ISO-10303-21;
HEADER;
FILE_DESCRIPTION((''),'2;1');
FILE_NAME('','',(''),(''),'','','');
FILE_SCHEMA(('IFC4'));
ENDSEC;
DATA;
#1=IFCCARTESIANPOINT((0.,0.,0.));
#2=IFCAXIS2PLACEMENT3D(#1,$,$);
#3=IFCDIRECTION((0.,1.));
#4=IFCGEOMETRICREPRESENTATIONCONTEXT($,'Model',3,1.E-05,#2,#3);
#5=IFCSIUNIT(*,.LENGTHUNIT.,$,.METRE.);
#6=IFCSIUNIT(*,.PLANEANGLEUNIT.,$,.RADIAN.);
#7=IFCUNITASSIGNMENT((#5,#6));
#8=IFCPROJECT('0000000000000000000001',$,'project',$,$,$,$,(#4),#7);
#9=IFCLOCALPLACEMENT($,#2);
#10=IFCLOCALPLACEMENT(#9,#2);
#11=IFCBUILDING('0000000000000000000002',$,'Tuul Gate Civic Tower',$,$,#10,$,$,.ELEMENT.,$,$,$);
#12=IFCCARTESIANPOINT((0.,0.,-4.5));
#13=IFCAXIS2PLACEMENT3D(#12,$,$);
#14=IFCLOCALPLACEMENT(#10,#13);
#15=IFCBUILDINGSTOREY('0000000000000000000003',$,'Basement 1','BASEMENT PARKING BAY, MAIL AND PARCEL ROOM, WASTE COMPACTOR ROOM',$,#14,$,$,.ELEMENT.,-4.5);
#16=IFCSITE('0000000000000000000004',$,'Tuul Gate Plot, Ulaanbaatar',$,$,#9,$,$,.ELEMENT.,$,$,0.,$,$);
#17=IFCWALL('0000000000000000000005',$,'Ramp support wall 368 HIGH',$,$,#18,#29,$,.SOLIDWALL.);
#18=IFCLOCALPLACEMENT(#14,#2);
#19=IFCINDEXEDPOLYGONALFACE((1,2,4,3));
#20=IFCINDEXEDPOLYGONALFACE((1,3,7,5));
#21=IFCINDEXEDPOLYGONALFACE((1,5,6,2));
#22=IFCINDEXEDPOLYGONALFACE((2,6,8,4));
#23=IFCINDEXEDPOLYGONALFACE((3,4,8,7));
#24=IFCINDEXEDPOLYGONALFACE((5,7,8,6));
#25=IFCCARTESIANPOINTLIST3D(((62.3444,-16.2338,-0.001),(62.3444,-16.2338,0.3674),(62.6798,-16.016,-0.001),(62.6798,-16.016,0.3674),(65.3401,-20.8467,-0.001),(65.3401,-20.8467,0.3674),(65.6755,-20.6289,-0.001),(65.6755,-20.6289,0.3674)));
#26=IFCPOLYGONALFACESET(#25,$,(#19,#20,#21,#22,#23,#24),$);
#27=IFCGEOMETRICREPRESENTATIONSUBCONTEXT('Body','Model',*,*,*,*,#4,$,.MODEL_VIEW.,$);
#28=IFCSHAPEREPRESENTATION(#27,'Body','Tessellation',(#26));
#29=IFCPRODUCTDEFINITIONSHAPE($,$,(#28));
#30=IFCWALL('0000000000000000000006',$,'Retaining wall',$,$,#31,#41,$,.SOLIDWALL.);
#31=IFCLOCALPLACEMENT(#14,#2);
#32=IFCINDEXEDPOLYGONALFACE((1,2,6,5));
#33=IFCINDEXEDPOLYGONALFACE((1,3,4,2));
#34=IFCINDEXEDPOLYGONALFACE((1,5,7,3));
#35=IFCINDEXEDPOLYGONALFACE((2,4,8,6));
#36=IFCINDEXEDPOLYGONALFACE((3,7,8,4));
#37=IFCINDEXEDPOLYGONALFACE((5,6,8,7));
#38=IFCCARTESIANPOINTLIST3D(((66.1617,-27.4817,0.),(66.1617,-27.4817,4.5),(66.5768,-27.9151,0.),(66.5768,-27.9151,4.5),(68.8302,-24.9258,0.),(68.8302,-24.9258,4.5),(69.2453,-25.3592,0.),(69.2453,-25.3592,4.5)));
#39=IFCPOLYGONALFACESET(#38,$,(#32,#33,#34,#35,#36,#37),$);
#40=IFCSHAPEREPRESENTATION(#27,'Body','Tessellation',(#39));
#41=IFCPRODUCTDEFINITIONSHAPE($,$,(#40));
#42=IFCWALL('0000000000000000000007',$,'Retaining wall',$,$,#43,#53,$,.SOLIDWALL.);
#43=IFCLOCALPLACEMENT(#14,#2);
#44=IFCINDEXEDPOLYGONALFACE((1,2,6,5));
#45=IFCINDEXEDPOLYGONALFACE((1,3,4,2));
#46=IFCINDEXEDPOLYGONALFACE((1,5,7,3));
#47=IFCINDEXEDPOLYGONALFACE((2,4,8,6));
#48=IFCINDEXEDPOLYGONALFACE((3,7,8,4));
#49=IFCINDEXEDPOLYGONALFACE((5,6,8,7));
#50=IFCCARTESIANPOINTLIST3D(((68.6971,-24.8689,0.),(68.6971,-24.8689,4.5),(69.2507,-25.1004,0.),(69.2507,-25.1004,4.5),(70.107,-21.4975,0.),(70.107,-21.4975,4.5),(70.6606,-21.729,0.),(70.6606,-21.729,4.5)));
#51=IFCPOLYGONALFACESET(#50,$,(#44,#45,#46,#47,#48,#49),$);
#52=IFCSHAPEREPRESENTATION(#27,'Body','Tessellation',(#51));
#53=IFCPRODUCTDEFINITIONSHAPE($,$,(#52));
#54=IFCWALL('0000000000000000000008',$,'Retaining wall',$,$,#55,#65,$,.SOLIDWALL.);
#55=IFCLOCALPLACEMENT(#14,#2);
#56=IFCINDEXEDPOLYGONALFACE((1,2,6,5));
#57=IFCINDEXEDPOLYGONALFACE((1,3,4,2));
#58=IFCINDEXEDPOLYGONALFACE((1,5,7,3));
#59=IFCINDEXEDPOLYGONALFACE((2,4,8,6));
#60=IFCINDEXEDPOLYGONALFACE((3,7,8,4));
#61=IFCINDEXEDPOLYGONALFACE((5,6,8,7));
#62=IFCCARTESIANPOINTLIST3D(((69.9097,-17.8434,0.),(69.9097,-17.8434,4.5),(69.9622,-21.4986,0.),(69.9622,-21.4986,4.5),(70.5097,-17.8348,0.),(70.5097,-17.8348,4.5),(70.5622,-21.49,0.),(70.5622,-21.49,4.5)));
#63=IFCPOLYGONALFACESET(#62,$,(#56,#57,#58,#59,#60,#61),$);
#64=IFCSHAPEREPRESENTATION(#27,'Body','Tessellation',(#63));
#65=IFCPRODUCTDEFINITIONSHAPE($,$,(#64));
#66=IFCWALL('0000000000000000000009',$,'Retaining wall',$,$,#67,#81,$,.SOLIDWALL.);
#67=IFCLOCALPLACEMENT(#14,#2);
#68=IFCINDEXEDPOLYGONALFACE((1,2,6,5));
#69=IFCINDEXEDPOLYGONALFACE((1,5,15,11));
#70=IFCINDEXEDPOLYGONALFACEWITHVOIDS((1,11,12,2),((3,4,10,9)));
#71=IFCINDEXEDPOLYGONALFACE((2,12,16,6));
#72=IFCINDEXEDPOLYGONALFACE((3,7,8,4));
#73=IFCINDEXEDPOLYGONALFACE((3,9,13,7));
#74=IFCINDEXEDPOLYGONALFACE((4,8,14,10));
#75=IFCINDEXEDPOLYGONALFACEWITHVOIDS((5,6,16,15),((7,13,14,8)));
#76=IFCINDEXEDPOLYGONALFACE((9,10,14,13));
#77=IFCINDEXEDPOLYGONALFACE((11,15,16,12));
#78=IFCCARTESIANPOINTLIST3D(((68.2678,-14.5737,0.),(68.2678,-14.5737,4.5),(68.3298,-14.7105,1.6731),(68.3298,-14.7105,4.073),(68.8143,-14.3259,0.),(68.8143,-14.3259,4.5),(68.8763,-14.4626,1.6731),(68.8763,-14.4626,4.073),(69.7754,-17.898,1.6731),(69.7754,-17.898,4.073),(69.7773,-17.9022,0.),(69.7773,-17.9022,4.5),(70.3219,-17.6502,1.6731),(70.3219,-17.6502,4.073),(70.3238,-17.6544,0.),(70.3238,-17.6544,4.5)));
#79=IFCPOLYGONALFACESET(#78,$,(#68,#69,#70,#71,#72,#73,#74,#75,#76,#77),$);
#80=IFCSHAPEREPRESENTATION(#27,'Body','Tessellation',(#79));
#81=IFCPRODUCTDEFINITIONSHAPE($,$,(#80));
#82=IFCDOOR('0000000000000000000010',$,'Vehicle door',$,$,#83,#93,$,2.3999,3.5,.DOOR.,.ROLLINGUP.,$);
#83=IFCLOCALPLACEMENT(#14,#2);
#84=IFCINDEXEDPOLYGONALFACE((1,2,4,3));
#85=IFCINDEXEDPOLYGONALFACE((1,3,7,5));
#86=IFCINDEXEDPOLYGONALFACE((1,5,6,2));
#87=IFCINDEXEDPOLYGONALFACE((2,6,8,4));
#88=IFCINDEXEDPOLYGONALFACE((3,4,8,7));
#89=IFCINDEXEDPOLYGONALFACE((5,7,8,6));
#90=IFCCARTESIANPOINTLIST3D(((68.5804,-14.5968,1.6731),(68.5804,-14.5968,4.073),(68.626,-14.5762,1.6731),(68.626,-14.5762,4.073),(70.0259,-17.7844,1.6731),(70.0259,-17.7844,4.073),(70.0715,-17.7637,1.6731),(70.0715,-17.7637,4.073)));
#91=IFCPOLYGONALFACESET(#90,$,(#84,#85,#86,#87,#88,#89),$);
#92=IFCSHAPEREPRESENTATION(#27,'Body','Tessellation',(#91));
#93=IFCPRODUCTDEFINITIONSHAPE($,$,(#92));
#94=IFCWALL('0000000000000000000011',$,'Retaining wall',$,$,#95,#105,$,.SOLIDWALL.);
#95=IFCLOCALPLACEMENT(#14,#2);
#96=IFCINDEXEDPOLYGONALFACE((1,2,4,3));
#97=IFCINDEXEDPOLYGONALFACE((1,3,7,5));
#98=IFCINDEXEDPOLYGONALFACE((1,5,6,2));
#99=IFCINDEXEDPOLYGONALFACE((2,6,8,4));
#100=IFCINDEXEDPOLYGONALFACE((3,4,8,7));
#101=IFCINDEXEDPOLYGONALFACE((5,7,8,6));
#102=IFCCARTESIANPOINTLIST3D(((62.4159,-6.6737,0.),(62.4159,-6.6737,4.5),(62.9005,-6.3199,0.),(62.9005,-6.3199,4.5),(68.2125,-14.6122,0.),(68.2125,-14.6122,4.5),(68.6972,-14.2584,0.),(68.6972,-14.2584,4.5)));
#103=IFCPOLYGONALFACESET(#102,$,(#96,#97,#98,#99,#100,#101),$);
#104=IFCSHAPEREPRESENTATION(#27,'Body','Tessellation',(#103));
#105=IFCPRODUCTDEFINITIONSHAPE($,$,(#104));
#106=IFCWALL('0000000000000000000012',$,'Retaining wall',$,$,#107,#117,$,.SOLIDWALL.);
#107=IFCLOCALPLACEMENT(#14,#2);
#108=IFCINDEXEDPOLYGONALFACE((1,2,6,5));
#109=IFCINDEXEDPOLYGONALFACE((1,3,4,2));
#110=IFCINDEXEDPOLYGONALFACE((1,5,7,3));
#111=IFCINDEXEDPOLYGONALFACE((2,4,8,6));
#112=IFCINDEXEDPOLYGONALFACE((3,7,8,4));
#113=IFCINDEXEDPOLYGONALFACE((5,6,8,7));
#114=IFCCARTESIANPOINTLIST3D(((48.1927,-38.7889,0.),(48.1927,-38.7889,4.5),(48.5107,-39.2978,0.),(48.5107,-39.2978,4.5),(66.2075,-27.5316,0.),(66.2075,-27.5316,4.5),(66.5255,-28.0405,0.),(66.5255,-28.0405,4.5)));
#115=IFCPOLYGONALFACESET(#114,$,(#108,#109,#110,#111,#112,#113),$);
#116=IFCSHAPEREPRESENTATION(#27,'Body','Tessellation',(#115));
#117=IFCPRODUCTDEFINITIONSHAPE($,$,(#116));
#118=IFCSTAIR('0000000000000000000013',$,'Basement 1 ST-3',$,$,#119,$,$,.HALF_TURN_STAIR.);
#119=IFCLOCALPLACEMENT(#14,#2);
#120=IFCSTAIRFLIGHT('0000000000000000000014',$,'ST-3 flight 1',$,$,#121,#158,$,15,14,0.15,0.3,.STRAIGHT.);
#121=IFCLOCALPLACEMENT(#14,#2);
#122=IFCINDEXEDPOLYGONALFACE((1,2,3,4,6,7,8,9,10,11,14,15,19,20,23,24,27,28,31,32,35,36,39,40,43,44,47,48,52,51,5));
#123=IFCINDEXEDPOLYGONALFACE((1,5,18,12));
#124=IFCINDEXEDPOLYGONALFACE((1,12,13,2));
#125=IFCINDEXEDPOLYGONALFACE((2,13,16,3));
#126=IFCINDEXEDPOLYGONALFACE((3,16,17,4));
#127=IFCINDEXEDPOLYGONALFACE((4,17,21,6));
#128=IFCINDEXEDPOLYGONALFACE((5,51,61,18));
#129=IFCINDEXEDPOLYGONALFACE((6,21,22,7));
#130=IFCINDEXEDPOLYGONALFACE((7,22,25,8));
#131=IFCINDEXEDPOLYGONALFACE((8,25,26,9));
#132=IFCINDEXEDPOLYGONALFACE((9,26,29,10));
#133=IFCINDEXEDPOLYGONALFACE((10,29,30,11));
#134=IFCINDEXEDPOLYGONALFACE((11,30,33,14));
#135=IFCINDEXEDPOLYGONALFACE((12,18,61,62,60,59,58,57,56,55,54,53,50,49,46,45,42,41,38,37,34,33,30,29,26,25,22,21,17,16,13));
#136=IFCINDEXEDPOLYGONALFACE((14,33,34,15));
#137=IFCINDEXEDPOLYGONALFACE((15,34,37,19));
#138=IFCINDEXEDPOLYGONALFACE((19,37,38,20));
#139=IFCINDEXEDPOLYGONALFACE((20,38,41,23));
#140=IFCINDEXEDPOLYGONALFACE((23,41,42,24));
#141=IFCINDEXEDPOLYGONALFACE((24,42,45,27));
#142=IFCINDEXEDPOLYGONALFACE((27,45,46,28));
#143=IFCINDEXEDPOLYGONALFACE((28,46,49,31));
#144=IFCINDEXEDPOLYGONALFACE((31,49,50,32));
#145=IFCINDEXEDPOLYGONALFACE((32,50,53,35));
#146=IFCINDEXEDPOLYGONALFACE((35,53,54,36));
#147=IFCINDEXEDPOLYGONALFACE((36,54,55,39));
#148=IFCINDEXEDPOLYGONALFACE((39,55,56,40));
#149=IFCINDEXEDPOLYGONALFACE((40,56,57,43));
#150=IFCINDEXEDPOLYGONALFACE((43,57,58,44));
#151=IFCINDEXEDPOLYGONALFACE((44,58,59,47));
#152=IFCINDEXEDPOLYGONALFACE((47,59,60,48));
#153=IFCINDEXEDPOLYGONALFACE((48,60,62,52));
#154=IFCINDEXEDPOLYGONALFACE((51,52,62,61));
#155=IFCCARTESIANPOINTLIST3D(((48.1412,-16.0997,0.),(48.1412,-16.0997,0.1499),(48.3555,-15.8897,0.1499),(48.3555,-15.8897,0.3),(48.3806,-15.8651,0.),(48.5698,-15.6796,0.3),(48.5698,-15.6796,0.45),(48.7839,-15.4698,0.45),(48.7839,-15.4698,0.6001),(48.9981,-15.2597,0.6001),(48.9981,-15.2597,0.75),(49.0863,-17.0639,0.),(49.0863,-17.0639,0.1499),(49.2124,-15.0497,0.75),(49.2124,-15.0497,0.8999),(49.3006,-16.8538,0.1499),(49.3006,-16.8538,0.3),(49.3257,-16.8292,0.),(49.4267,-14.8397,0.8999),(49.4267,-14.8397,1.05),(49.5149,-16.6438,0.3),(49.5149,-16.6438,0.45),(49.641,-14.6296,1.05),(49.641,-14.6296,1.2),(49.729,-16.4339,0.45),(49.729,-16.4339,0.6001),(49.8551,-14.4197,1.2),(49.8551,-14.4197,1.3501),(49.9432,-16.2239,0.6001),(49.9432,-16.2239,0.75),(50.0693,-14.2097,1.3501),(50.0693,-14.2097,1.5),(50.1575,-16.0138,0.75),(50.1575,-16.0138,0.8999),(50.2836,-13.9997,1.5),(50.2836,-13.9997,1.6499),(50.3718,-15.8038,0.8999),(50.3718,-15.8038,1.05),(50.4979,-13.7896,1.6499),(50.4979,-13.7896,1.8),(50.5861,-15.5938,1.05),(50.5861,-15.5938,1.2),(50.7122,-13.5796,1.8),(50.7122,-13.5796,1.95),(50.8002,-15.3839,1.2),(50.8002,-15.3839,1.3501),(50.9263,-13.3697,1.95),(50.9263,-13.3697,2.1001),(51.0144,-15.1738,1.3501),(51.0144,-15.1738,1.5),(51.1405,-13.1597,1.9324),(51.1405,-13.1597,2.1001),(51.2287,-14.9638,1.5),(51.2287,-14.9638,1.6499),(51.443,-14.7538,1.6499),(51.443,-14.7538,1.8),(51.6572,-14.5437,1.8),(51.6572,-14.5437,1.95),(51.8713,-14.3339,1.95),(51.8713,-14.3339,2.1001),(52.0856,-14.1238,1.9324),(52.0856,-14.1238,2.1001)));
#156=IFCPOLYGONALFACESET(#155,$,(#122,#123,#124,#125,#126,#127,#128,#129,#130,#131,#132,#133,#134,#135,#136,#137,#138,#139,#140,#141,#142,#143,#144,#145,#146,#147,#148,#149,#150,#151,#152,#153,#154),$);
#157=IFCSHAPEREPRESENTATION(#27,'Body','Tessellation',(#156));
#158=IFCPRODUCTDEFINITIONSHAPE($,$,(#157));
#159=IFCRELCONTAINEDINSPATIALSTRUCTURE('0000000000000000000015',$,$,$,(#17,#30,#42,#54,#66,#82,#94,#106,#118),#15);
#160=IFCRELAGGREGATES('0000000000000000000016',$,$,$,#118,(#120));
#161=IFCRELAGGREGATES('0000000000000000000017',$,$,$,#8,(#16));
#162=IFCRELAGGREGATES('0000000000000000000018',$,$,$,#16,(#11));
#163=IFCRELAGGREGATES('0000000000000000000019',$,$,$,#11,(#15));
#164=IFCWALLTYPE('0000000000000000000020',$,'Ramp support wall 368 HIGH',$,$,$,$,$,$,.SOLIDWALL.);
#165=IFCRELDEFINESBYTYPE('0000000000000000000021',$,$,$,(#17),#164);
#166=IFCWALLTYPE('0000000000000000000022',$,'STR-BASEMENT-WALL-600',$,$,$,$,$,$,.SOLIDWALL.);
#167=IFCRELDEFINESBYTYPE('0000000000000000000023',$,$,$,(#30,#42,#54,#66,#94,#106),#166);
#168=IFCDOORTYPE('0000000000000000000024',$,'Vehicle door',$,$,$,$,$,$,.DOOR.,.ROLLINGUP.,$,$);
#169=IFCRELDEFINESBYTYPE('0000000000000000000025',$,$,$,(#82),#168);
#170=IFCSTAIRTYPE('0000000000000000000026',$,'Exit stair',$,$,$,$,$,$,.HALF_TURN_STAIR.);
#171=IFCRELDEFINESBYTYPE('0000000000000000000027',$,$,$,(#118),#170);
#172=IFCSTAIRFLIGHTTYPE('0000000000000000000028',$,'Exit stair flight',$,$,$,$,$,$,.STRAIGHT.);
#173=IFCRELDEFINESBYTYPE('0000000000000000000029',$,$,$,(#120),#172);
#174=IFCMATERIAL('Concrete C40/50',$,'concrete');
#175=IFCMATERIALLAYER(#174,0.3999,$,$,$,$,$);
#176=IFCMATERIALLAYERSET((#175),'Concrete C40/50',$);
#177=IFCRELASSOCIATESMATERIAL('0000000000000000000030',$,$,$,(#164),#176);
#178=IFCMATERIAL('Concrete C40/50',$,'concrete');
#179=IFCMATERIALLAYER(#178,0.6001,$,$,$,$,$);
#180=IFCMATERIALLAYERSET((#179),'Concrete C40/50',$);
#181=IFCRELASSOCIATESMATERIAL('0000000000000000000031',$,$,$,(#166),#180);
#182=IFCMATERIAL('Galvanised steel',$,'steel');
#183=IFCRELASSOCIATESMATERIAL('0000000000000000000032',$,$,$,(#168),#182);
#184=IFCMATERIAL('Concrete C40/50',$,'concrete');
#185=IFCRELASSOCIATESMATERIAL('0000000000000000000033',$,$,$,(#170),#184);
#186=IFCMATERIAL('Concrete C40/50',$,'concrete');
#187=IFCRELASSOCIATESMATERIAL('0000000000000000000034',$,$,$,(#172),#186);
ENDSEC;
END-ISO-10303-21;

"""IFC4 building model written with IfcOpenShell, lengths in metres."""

from ifc_helpers import new_model, si_unit, direction, frame, frame_2d, origin, place, context, subcontext, project, spatial, polyline, rectangle, outline, extrude, material, layer, layer_set, type_object, element, fill, aggregate, save


model = new_model("IFC4")

# Units and contexts
model_context = context("Model", 3, precision=1e-05, world=origin(), true_north=direction((0.0, 1.0)))
body_context = subcontext(model_context, "Body", "Model", "MODEL_VIEW")
ifc_project = project(units=[si_unit("LENGTHUNIT", "METRE"), si_unit("PLANEANGLEUNIT", "RADIAN")], contexts=[model_context])

# Site, building, storey
site_placement = place(None, origin())
site = spatial("IfcSite", under=ifc_project, at=site_placement, Name="Tuul Gate Plot, Ulaanbaatar", CompositionType="ELEMENT", RefElevation=0.0)
building_placement = place(site_placement, origin())
building = spatial("IfcBuilding", under=site, at=building_placement, Name="Tuul Gate Civic Tower", CompositionType="ELEMENT")
storey_placement = place(building_placement, frame((0.0, 0.0, -4.5)))
storey = spatial("IfcBuildingStorey", under=building, at=storey_placement, Name="Basement 1", Description="BASEMENT PARKING BAY, MAIL AND PARCEL ROOM, WASTE COMPACTOR ROOM", CompositionType="ELEMENT", Elevation=-4.5)

# Walls
ifc_material_1 = material(Name="Concrete C40/50", Category="concrete")
ifc_layer_1 = layer(ifc_material_1, 0.3999)
ifc_layer_set_1 = layer_set([ifc_layer_1], Name="Concrete C40/50")
wall_type_1 = type_object("IfcWallType", Name="Ramp support wall 368 HIGH", PredefinedType="SOLIDWALL", material=ifc_layer_set_1)
wall_1_placement = place(storey_placement, frame((62.5122, -16.125, -0.001), z_axis=(0.0, 0.0, 1.0), x_axis=(0.544642, -0.838669, 0.0)))
element("IfcWall", 1, at=wall_1_placement, inside=storey, type_object=wall_type_1, Name="Ramp support wall 368 HIGH", PredefinedType="SOLIDWALL", context=body_context, shape_type="SweptSolid", body=[
    extrude(rectangle(XDim=5.5002, YDim=0.3999, at=frame_2d((2.75, 0.0))), origin(), (0.0, 0.0, 1.0), 0.3684),
])
ifc_material_2 = material(Name="Concrete C40/50", Category="concrete")
ifc_layer_2 = layer(ifc_material_2, 0.6001)
ifc_layer_set_2 = layer_set([ifc_layer_2], Name="Concrete C40/50")
wall_type_2 = type_object("IfcWallType", Name="STR-BASEMENT-WALL-600", PredefinedType="SOLIDWALL", material=ifc_layer_set_2)
wall_2_placement = place(storey_placement, frame((66.3691, -27.6985, 0.0), z_axis=(0.0, 0.0, 1.0), x_axis=(0.722172, 0.691713, 0.0)))
element("IfcWall", 2, at=wall_2_placement, inside=storey, type_object=wall_type_2, Name="Retaining wall", PredefinedType="SOLIDWALL", context=body_context, shape_type="SweptSolid", body=[
    extrude(rectangle(XDim=3.6951, YDim=0.6001, at=frame_2d((1.8477, 0.0))), origin(), (0.0, 0.0, 1.0), 4.5),
])
wall_3_placement = place(storey_placement, frame((68.9739, -24.9846, 0.0), z_axis=(0.0, 0.0, 1.0), x_axis=(0.385825, 0.922572, 0.0)))
element("IfcWall", 3, at=wall_3_placement, inside=storey, type_object=wall_type_2, Name="Retaining wall", PredefinedType="SOLIDWALL", context=body_context, shape_type="SweptSolid", body=[
    extrude(rectangle(XDim=3.6543, YDim=0.6001, at=frame_2d((1.8271, 0.0))), origin(), (0.0, 0.0, 1.0), 4.5),
])
wall_4_placement = place(storey_placement, frame((70.2622, -21.4941, 0.0), z_axis=(0.0, 0.0, 1.0), x_axis=(-0.01436, 0.999897, 0.0)))
element("IfcWall", 4, at=wall_4_placement, inside=storey, type_object=wall_type_2, Name="Retaining wall", PredefinedType="SOLIDWALL", context=body_context, shape_type="SweptSolid", body=[
    extrude(rectangle(XDim=3.6555, YDim=0.6001, at=frame_2d((1.8276, 0.0))), origin(), (0.0, 0.0, 1.0), 4.5),
])

# Wall, opening, door
wall_5_placement = place(storey_placement, frame((70.0505, -17.7783, 0.0), z_axis=(0.0, 0.0, 1.0), x_axis=(-0.413013, 0.910725, 0.0)))
wall_5 = element("IfcWall", 5, at=wall_5_placement, inside=storey, type_object=wall_type_2, Name="Retaining wall", PredefinedType="SOLIDWALL", context=body_context, shape_type="SweptSolid", body=[
    extrude(rectangle(XDim=3.6548, YDim=0.6001, at=frame_2d((1.8274, 0.0))), origin(), (0.0, 0.0, 1.0), 4.5),
])
opening_1_placement = place(wall_5_placement, frame((0.0046, 0.0, 1.6731)))
opening_1 = element("IfcOpeningElement", 6, at=opening_1_placement, cuts=wall_5, PredefinedType="OPENING", context=body_context, shape_type="SweptSolid", body=[
    extrude(rectangle(XDim=3.5, YDim=2.3999, at=frame_2d((1.75, 1.2))), frame((0.0, 0.3101, 0.0), z_axis=(0.0, -1.0, 0.0), x_axis=(1.0, 0.0, 0.0)), (0.0, 0.0, 1.0), 0.6201),
])
ifc_material_3 = material(Name="Galvanised steel", Category="steel")
door_type_1 = type_object("IfcDoorType", Name="Vehicle door", OperationType="ROLLINGUP", PredefinedType="DOOR", material=ifc_material_3)
door_1_placement = place(opening_1_placement, origin())
door_1 = element("IfcDoor", 7, at=door_1_placement, inside=storey, type_object=door_type_1, Name="Vehicle door", OperationType="ROLLINGUP", OverallHeight=2.3999, OverallWidth=3.5, PredefinedType="DOOR", context=body_context, shape_type="SweptSolid", body=[
    extrude(rectangle(XDim=3.5, YDim=2.3999, at=frame_2d((1.75, 1.2))), frame((0.0, 0.0249, 0.0), z_axis=(0.0, -1.0, 0.0), x_axis=(1.0, 0.0, 0.0)), (0.0, 0.0, 1.0), 0.05),
])
fill(opening_1, door_1)

# Walls
wall_6_placement = place(storey_placement, frame((68.4548, -14.4353, 0.0), z_axis=(0.0, 0.0, 1.0), x_axis=(-0.589714, 0.807612, 0.0)))
element("IfcWall", 8, at=wall_6_placement, inside=storey, type_object=wall_type_2, Name="Retaining wall", PredefinedType="SOLIDWALL", context=body_context, shape_type="SweptSolid", body=[
    extrude(rectangle(XDim=9.8296, YDim=0.6001, at=frame_2d((4.9148, 0.0))), origin(), (0.0, 0.0, 1.0), 4.5),
])
wall_7_placement = place(storey_placement, frame((48.3516, -39.0435, 0.0), z_axis=(0.0, 0.0, 1.0), x_axis=(0.84804, 0.529932, 0.0)))
element("IfcWall", 9, at=wall_7_placement, inside=storey, type_object=wall_type_2, Name="Retaining wall", PredefinedType="SOLIDWALL", context=body_context, shape_type="SweptSolid", body=[
    extrude(rectangle(XDim=21.2429, YDim=0.6001, at=frame_2d((10.6216, 0.0))), origin(), (0.0, 0.0, 1.0), 4.5),
])

# Stair, stair flight
ifc_material_4 = material(Name="Concrete C40/50", Category="concrete")
stair_type = type_object("IfcStairType", Name="Exit stair", PredefinedType="HALF_TURN_STAIR", material=ifc_material_4)
stair_placement = place(storey_placement, origin())
stair = element("IfcStair", 10, at=stair_placement, inside=storey, type_object=stair_type, Name="Basement 1 ST-3", PredefinedType="HALF_TURN_STAIR")
ifc_material_5 = material(Name="Concrete C40/50", Category="concrete")
stair_flight_type = type_object("IfcStairFlightType", Name="Exit stair flight", PredefinedType="STRAIGHT", material=ifc_material_5)
stair_flight_1_placement = place(storey_placement, frame((48.6138, -16.5818, 0.0), z_axis=(0.0, 0.0, 1.0), x_axis=(0.714127, 0.700016, 0.0)))
stair_flight_1 = element("IfcStairFlight", 11, at=stair_flight_1_placement, type_object=stair_flight_type, Name="ST-3 flight 1", NumberOfRisers=15, NumberOfTreads=14, PredefinedType="STRAIGHT", RiserHeight=0.15, TreadLength=0.3, context=body_context, shape_type="SweptSolid", body=[
    extrude(outline(polyline([(0.0, 0.0), (0.0, 0.1499), (0.3, 0.1499), (0.3, 0.3), (0.6001, 0.3), (0.6001, 0.45), (0.8999, 0.45), (0.8999, 0.6001), (1.2, 0.6001), (1.2, 0.75), (1.5, 0.75), (1.5, 0.8999), (1.8, 0.8999), (1.8, 1.05), (2.1001, 1.05), (2.1001, 1.2), (2.3999, 1.2), (2.3999, 1.3501), (2.7, 1.3501), (2.7, 1.5), (3.0, 1.5), (3.0, 1.6499), (3.3, 1.6499), (3.3, 1.8), (3.6001, 1.8), (3.6001, 1.95), (3.8999, 1.95), (3.8999, 2.1001), (4.2, 2.1001), (4.2, 2.25), (4.2, 1.9324), (0.3352, 0.0), (0.0, 0.0)])), frame((0.0, 0.675, 0.0), z_axis=(0.0, -1.0, 0.0), x_axis=(1.0, 0.0, 0.0)), (0.0, 0.0, 1.0), 1.3501),
])
aggregate(stair, [stair_flight_1])

save(model, "model.ifc")
